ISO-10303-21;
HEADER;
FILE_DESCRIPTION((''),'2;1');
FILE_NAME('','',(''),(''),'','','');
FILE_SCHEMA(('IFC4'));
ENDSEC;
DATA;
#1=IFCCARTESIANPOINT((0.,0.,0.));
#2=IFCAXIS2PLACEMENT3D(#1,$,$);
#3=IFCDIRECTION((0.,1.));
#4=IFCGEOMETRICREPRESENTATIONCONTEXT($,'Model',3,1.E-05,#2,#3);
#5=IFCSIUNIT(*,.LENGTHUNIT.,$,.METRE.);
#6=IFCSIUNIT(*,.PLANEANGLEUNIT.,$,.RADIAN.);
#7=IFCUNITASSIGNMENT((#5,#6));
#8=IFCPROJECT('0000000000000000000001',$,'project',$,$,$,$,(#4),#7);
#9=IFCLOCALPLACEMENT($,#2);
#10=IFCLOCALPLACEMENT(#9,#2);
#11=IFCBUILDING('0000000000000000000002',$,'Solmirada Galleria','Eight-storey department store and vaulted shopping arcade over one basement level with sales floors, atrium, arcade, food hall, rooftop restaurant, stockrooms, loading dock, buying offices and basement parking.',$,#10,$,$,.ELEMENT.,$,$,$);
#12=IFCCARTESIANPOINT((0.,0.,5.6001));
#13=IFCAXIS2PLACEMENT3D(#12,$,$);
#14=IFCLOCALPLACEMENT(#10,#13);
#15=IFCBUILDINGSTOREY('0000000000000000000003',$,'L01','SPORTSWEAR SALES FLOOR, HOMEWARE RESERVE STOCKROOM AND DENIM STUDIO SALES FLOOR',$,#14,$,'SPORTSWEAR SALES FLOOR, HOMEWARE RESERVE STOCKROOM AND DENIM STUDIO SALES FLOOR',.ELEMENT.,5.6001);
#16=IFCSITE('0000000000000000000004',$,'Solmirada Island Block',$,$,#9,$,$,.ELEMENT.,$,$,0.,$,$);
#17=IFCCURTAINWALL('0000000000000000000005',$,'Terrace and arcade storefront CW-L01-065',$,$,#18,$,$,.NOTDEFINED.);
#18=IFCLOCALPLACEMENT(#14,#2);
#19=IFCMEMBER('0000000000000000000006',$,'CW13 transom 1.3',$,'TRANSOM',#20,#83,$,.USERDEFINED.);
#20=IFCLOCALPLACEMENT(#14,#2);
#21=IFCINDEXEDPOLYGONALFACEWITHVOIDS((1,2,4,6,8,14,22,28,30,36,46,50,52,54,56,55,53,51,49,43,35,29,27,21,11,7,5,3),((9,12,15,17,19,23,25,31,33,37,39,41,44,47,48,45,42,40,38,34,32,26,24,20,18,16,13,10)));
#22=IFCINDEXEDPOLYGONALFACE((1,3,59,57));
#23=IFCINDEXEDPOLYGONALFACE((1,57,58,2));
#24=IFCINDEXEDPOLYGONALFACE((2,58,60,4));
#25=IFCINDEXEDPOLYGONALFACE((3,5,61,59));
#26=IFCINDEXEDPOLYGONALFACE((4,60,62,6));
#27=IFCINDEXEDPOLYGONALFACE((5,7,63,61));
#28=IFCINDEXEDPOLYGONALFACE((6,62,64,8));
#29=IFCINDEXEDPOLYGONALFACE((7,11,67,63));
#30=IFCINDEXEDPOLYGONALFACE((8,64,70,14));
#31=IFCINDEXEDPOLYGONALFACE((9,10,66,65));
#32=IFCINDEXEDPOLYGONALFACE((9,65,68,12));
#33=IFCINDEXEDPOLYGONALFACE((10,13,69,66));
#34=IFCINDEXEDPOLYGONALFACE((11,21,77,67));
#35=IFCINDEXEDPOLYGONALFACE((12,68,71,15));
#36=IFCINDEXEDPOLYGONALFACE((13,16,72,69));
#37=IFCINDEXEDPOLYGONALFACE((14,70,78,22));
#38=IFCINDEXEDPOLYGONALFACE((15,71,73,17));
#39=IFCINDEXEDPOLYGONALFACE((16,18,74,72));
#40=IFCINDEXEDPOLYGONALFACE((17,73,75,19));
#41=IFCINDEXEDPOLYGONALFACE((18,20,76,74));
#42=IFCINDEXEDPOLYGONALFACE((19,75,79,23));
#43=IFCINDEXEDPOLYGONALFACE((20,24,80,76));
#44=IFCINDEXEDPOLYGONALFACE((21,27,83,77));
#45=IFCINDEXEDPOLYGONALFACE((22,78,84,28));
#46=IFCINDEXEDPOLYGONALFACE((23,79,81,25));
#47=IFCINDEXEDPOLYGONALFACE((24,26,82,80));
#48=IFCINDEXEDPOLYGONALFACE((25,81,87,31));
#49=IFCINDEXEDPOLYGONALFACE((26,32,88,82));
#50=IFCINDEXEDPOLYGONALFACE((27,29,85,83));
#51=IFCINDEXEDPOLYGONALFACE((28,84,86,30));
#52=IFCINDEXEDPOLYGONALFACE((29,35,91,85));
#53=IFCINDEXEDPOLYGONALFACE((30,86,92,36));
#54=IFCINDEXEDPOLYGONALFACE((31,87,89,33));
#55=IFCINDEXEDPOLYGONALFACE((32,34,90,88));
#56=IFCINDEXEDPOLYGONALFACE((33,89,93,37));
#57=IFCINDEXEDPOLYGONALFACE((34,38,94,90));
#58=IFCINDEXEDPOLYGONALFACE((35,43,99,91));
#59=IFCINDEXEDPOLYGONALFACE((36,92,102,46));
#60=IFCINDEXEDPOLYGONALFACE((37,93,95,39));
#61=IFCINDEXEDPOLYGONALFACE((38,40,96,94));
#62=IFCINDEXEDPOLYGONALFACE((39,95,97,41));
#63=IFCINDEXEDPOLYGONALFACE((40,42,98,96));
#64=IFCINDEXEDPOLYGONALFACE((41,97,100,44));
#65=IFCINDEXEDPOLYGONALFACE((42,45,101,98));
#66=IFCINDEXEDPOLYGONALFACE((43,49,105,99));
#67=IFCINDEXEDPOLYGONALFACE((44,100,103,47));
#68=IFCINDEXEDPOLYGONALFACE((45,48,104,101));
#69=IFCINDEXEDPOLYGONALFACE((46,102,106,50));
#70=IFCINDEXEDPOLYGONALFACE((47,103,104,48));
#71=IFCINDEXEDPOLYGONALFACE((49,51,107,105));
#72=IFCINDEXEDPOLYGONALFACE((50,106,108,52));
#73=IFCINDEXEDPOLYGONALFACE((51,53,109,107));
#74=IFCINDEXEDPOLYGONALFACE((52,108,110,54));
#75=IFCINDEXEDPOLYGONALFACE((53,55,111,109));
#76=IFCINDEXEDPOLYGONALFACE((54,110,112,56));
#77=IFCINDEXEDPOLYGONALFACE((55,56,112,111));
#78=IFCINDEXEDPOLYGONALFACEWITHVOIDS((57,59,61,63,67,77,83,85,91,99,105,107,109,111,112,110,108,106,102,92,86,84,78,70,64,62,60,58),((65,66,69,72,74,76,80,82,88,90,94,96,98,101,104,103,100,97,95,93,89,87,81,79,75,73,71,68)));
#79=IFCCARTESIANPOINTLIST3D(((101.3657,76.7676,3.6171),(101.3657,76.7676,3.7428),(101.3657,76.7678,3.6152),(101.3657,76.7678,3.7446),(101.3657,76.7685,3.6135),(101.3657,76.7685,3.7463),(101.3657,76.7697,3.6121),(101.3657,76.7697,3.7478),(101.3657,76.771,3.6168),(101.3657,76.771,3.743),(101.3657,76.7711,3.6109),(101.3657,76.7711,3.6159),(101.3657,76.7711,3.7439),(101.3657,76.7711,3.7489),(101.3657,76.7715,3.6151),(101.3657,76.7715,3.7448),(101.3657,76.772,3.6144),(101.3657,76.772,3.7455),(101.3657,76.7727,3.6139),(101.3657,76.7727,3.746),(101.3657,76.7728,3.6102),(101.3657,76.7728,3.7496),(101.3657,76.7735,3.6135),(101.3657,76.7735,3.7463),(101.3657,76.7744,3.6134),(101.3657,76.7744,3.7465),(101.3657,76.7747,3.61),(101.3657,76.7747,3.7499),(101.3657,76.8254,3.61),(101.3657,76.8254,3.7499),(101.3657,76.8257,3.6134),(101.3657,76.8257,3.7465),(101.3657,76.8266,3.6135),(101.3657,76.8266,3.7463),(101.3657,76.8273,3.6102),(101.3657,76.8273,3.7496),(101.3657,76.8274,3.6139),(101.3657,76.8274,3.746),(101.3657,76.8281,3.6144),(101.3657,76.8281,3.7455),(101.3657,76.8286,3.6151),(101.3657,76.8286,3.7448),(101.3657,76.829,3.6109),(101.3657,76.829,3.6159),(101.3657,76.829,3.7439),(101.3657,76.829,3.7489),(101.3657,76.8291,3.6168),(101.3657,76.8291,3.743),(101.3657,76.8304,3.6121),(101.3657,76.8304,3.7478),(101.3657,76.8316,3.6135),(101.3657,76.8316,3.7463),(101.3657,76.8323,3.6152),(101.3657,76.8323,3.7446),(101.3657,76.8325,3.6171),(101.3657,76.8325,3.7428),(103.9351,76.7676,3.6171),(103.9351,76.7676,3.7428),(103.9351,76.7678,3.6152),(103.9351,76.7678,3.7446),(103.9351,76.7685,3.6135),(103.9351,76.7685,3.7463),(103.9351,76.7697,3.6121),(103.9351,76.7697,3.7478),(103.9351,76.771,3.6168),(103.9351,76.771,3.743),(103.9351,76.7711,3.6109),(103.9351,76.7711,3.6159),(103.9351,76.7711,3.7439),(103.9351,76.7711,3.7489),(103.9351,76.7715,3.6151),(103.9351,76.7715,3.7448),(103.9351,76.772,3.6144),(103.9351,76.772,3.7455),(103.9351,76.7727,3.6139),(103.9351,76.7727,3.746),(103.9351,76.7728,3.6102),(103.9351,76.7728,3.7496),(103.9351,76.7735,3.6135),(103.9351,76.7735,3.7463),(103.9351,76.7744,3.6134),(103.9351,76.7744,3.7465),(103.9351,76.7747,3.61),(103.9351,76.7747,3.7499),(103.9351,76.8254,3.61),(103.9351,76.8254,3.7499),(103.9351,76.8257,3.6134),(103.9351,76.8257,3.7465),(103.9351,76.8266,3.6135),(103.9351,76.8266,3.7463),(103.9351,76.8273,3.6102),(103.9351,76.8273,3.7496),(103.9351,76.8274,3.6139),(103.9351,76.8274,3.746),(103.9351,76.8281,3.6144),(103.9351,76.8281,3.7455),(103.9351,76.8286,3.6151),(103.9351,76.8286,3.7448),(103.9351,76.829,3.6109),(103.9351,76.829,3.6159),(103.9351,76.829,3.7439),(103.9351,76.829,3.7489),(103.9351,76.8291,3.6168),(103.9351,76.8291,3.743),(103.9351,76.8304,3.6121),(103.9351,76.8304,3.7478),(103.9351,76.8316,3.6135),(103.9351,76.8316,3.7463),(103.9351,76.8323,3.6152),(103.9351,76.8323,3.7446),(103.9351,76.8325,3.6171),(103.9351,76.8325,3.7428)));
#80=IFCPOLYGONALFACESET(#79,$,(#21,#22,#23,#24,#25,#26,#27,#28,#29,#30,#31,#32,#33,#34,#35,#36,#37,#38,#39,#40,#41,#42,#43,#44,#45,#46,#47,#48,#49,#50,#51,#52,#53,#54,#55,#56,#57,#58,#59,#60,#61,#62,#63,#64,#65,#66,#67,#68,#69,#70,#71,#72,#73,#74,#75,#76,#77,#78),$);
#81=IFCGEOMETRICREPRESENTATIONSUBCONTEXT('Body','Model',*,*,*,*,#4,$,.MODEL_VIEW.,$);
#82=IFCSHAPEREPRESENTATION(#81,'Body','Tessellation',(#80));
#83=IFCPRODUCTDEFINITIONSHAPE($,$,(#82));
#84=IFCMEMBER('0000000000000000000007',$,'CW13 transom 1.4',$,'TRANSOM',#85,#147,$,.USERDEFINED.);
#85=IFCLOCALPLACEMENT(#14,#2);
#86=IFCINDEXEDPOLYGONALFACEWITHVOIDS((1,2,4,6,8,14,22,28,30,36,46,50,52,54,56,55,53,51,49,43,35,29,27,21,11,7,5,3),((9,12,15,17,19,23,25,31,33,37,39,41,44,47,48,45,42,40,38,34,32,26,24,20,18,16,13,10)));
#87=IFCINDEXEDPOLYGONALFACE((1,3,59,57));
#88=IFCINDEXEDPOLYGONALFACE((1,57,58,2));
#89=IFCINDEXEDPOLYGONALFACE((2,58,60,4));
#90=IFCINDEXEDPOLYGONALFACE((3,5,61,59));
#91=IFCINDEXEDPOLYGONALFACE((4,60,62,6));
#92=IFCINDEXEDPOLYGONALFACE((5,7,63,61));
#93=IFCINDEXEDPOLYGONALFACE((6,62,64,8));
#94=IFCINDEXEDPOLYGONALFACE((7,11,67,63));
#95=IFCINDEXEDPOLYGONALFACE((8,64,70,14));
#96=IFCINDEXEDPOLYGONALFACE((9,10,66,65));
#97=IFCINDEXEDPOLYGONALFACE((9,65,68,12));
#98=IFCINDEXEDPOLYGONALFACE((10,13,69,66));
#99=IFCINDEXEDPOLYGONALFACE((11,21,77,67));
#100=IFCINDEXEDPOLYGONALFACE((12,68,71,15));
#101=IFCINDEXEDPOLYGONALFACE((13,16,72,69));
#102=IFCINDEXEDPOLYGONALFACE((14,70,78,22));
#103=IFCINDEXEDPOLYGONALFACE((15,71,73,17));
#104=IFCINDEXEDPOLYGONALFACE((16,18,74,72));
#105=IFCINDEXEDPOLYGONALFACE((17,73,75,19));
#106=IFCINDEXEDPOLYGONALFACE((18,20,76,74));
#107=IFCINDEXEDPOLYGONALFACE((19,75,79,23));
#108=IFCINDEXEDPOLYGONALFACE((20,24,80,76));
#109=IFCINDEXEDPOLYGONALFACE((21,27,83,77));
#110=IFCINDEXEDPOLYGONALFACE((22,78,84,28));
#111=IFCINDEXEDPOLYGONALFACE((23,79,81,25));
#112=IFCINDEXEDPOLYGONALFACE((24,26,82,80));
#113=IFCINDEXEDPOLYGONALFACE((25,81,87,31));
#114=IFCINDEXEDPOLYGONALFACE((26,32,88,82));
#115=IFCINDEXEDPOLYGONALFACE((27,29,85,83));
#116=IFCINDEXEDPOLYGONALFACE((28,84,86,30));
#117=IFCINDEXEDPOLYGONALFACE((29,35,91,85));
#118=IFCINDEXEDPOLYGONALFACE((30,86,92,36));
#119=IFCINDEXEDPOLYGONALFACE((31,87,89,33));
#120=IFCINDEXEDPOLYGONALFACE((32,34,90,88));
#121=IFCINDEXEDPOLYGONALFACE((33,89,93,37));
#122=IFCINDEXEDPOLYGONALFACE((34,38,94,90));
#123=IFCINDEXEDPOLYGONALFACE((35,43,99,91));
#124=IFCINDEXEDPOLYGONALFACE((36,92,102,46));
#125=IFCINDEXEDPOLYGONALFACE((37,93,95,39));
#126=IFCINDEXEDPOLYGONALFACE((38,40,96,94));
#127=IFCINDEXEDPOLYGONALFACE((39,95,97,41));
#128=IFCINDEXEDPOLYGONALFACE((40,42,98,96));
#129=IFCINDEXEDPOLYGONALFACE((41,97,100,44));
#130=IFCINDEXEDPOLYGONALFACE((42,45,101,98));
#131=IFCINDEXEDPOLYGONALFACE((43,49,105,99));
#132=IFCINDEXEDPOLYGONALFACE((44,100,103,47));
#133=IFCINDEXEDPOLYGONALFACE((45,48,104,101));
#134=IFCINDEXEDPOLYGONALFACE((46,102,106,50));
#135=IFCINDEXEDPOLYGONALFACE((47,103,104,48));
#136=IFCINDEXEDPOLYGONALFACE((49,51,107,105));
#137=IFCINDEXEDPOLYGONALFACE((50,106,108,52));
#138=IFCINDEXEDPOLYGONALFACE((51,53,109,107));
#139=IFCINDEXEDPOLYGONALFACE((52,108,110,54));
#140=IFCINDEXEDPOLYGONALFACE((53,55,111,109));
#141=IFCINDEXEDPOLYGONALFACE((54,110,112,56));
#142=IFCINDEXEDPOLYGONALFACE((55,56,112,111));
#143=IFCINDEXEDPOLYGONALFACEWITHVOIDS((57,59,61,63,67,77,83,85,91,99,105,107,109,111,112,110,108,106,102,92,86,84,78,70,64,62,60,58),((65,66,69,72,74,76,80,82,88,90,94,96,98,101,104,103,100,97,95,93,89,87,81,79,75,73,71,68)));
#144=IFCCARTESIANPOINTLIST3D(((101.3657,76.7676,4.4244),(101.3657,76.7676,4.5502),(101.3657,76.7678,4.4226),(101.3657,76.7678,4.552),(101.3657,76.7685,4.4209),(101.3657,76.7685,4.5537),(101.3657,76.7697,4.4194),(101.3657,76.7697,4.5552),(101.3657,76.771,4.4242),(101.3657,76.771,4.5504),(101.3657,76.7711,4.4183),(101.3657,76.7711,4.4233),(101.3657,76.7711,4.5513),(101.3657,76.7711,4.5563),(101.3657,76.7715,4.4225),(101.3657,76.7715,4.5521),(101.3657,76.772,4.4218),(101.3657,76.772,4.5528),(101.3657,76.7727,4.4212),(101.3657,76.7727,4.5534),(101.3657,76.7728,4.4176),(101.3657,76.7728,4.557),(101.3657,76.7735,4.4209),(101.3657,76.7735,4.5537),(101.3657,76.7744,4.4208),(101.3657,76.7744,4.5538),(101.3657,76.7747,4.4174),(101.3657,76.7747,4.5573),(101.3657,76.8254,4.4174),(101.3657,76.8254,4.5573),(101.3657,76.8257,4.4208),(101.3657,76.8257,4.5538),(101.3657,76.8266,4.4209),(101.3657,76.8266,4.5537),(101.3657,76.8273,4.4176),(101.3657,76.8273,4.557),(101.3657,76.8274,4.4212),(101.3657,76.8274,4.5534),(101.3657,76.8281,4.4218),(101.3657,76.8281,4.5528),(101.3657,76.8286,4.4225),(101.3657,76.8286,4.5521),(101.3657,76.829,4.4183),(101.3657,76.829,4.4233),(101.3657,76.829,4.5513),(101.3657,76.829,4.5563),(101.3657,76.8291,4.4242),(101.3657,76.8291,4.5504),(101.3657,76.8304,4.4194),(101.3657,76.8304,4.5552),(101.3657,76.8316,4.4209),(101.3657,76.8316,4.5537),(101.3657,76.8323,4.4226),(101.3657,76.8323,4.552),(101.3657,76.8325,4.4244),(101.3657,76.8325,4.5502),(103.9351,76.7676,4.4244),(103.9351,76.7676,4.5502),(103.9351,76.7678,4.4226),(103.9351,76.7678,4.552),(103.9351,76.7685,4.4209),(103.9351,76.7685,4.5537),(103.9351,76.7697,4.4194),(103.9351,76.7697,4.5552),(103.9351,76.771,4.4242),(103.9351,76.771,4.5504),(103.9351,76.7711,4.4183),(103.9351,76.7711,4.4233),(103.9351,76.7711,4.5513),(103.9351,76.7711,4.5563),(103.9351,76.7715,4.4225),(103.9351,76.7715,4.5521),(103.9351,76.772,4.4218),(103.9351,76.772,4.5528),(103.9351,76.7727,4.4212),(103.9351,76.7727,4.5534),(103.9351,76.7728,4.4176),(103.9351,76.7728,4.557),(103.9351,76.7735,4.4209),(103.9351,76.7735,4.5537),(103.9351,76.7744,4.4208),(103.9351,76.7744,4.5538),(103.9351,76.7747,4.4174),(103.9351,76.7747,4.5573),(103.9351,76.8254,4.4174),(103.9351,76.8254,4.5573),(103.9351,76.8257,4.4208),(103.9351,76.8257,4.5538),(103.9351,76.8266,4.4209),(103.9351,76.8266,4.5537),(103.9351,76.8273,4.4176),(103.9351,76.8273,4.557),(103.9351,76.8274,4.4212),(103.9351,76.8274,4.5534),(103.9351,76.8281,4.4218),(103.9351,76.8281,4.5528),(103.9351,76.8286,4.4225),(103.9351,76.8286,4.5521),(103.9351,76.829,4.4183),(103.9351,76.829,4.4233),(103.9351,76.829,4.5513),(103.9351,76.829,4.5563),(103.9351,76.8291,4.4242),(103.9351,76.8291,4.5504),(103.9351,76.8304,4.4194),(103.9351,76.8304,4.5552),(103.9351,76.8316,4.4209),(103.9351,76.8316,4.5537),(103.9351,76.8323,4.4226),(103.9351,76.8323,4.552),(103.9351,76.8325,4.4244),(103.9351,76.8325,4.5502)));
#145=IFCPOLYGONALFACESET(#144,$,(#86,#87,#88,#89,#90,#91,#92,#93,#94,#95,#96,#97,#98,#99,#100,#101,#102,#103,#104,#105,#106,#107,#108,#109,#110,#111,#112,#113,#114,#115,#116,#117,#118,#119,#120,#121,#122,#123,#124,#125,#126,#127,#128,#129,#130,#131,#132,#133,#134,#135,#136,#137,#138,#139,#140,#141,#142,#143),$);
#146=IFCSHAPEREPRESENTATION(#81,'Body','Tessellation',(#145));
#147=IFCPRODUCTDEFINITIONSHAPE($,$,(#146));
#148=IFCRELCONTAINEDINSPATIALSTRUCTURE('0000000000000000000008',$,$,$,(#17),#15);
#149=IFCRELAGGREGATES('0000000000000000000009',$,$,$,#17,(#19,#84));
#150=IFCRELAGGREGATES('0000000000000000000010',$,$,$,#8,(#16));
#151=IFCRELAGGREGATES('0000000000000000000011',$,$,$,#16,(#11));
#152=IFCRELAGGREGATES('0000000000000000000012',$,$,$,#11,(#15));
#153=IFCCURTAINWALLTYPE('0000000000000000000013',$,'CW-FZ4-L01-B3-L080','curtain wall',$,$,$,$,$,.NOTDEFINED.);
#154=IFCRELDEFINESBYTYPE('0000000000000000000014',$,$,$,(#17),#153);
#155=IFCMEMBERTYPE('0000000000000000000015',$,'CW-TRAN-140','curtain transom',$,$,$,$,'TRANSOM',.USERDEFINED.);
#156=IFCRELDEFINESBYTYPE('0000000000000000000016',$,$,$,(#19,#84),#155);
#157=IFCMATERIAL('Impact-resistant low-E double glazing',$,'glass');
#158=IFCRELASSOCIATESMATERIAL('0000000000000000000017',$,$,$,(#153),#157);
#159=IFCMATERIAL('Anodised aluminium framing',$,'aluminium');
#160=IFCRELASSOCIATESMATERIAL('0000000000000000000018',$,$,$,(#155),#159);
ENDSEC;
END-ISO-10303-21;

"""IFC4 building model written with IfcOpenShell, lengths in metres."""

from ifc_helpers import new_model, si_unit, direction, frame, origin, origin_2d, place, context, subcontext, project, spatial, hollow_rectangle, extrude, material, material_profile, profile_set, type_object, element, aggregate, save


model = new_model("IFC4")

# Units and contexts
model_context = context("Model", 3, precision=1e-05, world=origin(), true_north=direction((0.0, 1.0)))
body_context = subcontext(model_context, "Body", "Model", "MODEL_VIEW")
ifc_project = project(units=[si_unit("LENGTHUNIT", "METRE"), si_unit("PLANEANGLEUNIT", "RADIAN")], contexts=[model_context])

# Site, building, storey
site_placement = place(None, origin())
site = spatial("IfcSite", under=ifc_project, at=site_placement, Name="Solmirada Island Block", CompositionType="ELEMENT", RefElevation=0.0)
building_placement = place(site_placement, origin())
building = spatial("IfcBuilding", under=site, at=building_placement, Name="Solmirada Galleria", Description="Eight-storey department store and vaulted shopping arcade over one basement level with sales floors, atrium, arcade, food hall, rooftop restaurant, stockrooms, loading dock, buying offices and basement parking.", CompositionType="ELEMENT")
storey_placement = place(building_placement, frame((0.0, 0.0, 5.6001)))
storey = spatial("IfcBuildingStorey", under=building, at=storey_placement, Name="L01", Description="SPORTSWEAR SALES FLOOR, HOMEWARE RESERVE STOCKROOM AND DENIM STUDIO SALES FLOOR", LongName="SPORTSWEAR SALES FLOOR, HOMEWARE RESERVE STOCKROOM AND DENIM STUDIO SALES FLOOR", CompositionType="ELEMENT", Elevation=5.6001)

# Curtain wall, members
ifc_material_1 = material(Name="Impact-resistant low-E double glazing", Category="glass")
curtain_wall_type = type_object("IfcCurtainWallType", Name="CW-FZ4-L01-B3-L080", Description="curtain wall", PredefinedType="NOTDEFINED", material=ifc_material_1)
curtain_wall_placement = place(storey_placement, origin())
curtain_wall = element("IfcCurtainWall", 1, at=curtain_wall_placement, inside=storey, type_object=curtain_wall_type, Name="Terrace and arcade storefront CW-L01-065", PredefinedType="NOTDEFINED")
ifc_material_2 = material(Name="Anodised aluminium framing", Category="aluminium")
ifc_material_profile_1 = material_profile(ifc_material_2, hollow_rectangle(XDim=0.0649, YDim=0.1399, WallThickness=0.0034, InnerFilletRadius=0.0034, OuterFilletRadius=0.0071, at=origin_2d()), Name="ALU-TRAN-140X65")
ifc_profile_set_1 = profile_set([ifc_material_profile_1], Name="Anodised aluminium framing")
member_type_1 = type_object("IfcMemberType", Name="CW-TRAN-140", Description="curtain transom", ElementType="TRANSOM", PredefinedType="USERDEFINED", material=ifc_profile_set_1)
member_1_placement = place(storey_placement, frame((103.9351, 76.8, 3.6799), z_axis=(-1.0, 0.0, 0.0), x_axis=(0.0, -1.0, 0.0)))
member_1 = element("IfcMember", 2, at=member_1_placement, type_object=member_type_1, Name="CW13 transom 1.3", ObjectType="TRANSOM", PredefinedType="USERDEFINED", context=body_context, shape_type="SweptSolid", body=[
    extrude(hollow_rectangle(XDim=0.0649, YDim=0.1399, WallThickness=0.0034, InnerFilletRadius=0.0034, OuterFilletRadius=0.0071, at=origin_2d()), origin(), (0.0, 0.0, 1.0), 2.5693),
])
member_2_placement = place(storey_placement, frame((103.9351, 76.8, 4.4873), z_axis=(-1.0, 0.0, 0.0), x_axis=(0.0, -1.0, 0.0)))
member_2 = element("IfcMember", 3, at=member_2_placement, type_object=member_type_1, Name="CW13 transom 1.4", ObjectType="TRANSOM", PredefinedType="USERDEFINED", context=body_context, shape_type="SweptSolid", body=[
    extrude(hollow_rectangle(XDim=0.0649, YDim=0.1399, WallThickness=0.0034, InnerFilletRadius=0.0034, OuterFilletRadius=0.0071, at=origin_2d()), origin(), (0.0, 0.0, 1.0), 2.5693),
])
aggregate(curtain_wall, [member_1, member_2])

save(model, "model.ifc")
